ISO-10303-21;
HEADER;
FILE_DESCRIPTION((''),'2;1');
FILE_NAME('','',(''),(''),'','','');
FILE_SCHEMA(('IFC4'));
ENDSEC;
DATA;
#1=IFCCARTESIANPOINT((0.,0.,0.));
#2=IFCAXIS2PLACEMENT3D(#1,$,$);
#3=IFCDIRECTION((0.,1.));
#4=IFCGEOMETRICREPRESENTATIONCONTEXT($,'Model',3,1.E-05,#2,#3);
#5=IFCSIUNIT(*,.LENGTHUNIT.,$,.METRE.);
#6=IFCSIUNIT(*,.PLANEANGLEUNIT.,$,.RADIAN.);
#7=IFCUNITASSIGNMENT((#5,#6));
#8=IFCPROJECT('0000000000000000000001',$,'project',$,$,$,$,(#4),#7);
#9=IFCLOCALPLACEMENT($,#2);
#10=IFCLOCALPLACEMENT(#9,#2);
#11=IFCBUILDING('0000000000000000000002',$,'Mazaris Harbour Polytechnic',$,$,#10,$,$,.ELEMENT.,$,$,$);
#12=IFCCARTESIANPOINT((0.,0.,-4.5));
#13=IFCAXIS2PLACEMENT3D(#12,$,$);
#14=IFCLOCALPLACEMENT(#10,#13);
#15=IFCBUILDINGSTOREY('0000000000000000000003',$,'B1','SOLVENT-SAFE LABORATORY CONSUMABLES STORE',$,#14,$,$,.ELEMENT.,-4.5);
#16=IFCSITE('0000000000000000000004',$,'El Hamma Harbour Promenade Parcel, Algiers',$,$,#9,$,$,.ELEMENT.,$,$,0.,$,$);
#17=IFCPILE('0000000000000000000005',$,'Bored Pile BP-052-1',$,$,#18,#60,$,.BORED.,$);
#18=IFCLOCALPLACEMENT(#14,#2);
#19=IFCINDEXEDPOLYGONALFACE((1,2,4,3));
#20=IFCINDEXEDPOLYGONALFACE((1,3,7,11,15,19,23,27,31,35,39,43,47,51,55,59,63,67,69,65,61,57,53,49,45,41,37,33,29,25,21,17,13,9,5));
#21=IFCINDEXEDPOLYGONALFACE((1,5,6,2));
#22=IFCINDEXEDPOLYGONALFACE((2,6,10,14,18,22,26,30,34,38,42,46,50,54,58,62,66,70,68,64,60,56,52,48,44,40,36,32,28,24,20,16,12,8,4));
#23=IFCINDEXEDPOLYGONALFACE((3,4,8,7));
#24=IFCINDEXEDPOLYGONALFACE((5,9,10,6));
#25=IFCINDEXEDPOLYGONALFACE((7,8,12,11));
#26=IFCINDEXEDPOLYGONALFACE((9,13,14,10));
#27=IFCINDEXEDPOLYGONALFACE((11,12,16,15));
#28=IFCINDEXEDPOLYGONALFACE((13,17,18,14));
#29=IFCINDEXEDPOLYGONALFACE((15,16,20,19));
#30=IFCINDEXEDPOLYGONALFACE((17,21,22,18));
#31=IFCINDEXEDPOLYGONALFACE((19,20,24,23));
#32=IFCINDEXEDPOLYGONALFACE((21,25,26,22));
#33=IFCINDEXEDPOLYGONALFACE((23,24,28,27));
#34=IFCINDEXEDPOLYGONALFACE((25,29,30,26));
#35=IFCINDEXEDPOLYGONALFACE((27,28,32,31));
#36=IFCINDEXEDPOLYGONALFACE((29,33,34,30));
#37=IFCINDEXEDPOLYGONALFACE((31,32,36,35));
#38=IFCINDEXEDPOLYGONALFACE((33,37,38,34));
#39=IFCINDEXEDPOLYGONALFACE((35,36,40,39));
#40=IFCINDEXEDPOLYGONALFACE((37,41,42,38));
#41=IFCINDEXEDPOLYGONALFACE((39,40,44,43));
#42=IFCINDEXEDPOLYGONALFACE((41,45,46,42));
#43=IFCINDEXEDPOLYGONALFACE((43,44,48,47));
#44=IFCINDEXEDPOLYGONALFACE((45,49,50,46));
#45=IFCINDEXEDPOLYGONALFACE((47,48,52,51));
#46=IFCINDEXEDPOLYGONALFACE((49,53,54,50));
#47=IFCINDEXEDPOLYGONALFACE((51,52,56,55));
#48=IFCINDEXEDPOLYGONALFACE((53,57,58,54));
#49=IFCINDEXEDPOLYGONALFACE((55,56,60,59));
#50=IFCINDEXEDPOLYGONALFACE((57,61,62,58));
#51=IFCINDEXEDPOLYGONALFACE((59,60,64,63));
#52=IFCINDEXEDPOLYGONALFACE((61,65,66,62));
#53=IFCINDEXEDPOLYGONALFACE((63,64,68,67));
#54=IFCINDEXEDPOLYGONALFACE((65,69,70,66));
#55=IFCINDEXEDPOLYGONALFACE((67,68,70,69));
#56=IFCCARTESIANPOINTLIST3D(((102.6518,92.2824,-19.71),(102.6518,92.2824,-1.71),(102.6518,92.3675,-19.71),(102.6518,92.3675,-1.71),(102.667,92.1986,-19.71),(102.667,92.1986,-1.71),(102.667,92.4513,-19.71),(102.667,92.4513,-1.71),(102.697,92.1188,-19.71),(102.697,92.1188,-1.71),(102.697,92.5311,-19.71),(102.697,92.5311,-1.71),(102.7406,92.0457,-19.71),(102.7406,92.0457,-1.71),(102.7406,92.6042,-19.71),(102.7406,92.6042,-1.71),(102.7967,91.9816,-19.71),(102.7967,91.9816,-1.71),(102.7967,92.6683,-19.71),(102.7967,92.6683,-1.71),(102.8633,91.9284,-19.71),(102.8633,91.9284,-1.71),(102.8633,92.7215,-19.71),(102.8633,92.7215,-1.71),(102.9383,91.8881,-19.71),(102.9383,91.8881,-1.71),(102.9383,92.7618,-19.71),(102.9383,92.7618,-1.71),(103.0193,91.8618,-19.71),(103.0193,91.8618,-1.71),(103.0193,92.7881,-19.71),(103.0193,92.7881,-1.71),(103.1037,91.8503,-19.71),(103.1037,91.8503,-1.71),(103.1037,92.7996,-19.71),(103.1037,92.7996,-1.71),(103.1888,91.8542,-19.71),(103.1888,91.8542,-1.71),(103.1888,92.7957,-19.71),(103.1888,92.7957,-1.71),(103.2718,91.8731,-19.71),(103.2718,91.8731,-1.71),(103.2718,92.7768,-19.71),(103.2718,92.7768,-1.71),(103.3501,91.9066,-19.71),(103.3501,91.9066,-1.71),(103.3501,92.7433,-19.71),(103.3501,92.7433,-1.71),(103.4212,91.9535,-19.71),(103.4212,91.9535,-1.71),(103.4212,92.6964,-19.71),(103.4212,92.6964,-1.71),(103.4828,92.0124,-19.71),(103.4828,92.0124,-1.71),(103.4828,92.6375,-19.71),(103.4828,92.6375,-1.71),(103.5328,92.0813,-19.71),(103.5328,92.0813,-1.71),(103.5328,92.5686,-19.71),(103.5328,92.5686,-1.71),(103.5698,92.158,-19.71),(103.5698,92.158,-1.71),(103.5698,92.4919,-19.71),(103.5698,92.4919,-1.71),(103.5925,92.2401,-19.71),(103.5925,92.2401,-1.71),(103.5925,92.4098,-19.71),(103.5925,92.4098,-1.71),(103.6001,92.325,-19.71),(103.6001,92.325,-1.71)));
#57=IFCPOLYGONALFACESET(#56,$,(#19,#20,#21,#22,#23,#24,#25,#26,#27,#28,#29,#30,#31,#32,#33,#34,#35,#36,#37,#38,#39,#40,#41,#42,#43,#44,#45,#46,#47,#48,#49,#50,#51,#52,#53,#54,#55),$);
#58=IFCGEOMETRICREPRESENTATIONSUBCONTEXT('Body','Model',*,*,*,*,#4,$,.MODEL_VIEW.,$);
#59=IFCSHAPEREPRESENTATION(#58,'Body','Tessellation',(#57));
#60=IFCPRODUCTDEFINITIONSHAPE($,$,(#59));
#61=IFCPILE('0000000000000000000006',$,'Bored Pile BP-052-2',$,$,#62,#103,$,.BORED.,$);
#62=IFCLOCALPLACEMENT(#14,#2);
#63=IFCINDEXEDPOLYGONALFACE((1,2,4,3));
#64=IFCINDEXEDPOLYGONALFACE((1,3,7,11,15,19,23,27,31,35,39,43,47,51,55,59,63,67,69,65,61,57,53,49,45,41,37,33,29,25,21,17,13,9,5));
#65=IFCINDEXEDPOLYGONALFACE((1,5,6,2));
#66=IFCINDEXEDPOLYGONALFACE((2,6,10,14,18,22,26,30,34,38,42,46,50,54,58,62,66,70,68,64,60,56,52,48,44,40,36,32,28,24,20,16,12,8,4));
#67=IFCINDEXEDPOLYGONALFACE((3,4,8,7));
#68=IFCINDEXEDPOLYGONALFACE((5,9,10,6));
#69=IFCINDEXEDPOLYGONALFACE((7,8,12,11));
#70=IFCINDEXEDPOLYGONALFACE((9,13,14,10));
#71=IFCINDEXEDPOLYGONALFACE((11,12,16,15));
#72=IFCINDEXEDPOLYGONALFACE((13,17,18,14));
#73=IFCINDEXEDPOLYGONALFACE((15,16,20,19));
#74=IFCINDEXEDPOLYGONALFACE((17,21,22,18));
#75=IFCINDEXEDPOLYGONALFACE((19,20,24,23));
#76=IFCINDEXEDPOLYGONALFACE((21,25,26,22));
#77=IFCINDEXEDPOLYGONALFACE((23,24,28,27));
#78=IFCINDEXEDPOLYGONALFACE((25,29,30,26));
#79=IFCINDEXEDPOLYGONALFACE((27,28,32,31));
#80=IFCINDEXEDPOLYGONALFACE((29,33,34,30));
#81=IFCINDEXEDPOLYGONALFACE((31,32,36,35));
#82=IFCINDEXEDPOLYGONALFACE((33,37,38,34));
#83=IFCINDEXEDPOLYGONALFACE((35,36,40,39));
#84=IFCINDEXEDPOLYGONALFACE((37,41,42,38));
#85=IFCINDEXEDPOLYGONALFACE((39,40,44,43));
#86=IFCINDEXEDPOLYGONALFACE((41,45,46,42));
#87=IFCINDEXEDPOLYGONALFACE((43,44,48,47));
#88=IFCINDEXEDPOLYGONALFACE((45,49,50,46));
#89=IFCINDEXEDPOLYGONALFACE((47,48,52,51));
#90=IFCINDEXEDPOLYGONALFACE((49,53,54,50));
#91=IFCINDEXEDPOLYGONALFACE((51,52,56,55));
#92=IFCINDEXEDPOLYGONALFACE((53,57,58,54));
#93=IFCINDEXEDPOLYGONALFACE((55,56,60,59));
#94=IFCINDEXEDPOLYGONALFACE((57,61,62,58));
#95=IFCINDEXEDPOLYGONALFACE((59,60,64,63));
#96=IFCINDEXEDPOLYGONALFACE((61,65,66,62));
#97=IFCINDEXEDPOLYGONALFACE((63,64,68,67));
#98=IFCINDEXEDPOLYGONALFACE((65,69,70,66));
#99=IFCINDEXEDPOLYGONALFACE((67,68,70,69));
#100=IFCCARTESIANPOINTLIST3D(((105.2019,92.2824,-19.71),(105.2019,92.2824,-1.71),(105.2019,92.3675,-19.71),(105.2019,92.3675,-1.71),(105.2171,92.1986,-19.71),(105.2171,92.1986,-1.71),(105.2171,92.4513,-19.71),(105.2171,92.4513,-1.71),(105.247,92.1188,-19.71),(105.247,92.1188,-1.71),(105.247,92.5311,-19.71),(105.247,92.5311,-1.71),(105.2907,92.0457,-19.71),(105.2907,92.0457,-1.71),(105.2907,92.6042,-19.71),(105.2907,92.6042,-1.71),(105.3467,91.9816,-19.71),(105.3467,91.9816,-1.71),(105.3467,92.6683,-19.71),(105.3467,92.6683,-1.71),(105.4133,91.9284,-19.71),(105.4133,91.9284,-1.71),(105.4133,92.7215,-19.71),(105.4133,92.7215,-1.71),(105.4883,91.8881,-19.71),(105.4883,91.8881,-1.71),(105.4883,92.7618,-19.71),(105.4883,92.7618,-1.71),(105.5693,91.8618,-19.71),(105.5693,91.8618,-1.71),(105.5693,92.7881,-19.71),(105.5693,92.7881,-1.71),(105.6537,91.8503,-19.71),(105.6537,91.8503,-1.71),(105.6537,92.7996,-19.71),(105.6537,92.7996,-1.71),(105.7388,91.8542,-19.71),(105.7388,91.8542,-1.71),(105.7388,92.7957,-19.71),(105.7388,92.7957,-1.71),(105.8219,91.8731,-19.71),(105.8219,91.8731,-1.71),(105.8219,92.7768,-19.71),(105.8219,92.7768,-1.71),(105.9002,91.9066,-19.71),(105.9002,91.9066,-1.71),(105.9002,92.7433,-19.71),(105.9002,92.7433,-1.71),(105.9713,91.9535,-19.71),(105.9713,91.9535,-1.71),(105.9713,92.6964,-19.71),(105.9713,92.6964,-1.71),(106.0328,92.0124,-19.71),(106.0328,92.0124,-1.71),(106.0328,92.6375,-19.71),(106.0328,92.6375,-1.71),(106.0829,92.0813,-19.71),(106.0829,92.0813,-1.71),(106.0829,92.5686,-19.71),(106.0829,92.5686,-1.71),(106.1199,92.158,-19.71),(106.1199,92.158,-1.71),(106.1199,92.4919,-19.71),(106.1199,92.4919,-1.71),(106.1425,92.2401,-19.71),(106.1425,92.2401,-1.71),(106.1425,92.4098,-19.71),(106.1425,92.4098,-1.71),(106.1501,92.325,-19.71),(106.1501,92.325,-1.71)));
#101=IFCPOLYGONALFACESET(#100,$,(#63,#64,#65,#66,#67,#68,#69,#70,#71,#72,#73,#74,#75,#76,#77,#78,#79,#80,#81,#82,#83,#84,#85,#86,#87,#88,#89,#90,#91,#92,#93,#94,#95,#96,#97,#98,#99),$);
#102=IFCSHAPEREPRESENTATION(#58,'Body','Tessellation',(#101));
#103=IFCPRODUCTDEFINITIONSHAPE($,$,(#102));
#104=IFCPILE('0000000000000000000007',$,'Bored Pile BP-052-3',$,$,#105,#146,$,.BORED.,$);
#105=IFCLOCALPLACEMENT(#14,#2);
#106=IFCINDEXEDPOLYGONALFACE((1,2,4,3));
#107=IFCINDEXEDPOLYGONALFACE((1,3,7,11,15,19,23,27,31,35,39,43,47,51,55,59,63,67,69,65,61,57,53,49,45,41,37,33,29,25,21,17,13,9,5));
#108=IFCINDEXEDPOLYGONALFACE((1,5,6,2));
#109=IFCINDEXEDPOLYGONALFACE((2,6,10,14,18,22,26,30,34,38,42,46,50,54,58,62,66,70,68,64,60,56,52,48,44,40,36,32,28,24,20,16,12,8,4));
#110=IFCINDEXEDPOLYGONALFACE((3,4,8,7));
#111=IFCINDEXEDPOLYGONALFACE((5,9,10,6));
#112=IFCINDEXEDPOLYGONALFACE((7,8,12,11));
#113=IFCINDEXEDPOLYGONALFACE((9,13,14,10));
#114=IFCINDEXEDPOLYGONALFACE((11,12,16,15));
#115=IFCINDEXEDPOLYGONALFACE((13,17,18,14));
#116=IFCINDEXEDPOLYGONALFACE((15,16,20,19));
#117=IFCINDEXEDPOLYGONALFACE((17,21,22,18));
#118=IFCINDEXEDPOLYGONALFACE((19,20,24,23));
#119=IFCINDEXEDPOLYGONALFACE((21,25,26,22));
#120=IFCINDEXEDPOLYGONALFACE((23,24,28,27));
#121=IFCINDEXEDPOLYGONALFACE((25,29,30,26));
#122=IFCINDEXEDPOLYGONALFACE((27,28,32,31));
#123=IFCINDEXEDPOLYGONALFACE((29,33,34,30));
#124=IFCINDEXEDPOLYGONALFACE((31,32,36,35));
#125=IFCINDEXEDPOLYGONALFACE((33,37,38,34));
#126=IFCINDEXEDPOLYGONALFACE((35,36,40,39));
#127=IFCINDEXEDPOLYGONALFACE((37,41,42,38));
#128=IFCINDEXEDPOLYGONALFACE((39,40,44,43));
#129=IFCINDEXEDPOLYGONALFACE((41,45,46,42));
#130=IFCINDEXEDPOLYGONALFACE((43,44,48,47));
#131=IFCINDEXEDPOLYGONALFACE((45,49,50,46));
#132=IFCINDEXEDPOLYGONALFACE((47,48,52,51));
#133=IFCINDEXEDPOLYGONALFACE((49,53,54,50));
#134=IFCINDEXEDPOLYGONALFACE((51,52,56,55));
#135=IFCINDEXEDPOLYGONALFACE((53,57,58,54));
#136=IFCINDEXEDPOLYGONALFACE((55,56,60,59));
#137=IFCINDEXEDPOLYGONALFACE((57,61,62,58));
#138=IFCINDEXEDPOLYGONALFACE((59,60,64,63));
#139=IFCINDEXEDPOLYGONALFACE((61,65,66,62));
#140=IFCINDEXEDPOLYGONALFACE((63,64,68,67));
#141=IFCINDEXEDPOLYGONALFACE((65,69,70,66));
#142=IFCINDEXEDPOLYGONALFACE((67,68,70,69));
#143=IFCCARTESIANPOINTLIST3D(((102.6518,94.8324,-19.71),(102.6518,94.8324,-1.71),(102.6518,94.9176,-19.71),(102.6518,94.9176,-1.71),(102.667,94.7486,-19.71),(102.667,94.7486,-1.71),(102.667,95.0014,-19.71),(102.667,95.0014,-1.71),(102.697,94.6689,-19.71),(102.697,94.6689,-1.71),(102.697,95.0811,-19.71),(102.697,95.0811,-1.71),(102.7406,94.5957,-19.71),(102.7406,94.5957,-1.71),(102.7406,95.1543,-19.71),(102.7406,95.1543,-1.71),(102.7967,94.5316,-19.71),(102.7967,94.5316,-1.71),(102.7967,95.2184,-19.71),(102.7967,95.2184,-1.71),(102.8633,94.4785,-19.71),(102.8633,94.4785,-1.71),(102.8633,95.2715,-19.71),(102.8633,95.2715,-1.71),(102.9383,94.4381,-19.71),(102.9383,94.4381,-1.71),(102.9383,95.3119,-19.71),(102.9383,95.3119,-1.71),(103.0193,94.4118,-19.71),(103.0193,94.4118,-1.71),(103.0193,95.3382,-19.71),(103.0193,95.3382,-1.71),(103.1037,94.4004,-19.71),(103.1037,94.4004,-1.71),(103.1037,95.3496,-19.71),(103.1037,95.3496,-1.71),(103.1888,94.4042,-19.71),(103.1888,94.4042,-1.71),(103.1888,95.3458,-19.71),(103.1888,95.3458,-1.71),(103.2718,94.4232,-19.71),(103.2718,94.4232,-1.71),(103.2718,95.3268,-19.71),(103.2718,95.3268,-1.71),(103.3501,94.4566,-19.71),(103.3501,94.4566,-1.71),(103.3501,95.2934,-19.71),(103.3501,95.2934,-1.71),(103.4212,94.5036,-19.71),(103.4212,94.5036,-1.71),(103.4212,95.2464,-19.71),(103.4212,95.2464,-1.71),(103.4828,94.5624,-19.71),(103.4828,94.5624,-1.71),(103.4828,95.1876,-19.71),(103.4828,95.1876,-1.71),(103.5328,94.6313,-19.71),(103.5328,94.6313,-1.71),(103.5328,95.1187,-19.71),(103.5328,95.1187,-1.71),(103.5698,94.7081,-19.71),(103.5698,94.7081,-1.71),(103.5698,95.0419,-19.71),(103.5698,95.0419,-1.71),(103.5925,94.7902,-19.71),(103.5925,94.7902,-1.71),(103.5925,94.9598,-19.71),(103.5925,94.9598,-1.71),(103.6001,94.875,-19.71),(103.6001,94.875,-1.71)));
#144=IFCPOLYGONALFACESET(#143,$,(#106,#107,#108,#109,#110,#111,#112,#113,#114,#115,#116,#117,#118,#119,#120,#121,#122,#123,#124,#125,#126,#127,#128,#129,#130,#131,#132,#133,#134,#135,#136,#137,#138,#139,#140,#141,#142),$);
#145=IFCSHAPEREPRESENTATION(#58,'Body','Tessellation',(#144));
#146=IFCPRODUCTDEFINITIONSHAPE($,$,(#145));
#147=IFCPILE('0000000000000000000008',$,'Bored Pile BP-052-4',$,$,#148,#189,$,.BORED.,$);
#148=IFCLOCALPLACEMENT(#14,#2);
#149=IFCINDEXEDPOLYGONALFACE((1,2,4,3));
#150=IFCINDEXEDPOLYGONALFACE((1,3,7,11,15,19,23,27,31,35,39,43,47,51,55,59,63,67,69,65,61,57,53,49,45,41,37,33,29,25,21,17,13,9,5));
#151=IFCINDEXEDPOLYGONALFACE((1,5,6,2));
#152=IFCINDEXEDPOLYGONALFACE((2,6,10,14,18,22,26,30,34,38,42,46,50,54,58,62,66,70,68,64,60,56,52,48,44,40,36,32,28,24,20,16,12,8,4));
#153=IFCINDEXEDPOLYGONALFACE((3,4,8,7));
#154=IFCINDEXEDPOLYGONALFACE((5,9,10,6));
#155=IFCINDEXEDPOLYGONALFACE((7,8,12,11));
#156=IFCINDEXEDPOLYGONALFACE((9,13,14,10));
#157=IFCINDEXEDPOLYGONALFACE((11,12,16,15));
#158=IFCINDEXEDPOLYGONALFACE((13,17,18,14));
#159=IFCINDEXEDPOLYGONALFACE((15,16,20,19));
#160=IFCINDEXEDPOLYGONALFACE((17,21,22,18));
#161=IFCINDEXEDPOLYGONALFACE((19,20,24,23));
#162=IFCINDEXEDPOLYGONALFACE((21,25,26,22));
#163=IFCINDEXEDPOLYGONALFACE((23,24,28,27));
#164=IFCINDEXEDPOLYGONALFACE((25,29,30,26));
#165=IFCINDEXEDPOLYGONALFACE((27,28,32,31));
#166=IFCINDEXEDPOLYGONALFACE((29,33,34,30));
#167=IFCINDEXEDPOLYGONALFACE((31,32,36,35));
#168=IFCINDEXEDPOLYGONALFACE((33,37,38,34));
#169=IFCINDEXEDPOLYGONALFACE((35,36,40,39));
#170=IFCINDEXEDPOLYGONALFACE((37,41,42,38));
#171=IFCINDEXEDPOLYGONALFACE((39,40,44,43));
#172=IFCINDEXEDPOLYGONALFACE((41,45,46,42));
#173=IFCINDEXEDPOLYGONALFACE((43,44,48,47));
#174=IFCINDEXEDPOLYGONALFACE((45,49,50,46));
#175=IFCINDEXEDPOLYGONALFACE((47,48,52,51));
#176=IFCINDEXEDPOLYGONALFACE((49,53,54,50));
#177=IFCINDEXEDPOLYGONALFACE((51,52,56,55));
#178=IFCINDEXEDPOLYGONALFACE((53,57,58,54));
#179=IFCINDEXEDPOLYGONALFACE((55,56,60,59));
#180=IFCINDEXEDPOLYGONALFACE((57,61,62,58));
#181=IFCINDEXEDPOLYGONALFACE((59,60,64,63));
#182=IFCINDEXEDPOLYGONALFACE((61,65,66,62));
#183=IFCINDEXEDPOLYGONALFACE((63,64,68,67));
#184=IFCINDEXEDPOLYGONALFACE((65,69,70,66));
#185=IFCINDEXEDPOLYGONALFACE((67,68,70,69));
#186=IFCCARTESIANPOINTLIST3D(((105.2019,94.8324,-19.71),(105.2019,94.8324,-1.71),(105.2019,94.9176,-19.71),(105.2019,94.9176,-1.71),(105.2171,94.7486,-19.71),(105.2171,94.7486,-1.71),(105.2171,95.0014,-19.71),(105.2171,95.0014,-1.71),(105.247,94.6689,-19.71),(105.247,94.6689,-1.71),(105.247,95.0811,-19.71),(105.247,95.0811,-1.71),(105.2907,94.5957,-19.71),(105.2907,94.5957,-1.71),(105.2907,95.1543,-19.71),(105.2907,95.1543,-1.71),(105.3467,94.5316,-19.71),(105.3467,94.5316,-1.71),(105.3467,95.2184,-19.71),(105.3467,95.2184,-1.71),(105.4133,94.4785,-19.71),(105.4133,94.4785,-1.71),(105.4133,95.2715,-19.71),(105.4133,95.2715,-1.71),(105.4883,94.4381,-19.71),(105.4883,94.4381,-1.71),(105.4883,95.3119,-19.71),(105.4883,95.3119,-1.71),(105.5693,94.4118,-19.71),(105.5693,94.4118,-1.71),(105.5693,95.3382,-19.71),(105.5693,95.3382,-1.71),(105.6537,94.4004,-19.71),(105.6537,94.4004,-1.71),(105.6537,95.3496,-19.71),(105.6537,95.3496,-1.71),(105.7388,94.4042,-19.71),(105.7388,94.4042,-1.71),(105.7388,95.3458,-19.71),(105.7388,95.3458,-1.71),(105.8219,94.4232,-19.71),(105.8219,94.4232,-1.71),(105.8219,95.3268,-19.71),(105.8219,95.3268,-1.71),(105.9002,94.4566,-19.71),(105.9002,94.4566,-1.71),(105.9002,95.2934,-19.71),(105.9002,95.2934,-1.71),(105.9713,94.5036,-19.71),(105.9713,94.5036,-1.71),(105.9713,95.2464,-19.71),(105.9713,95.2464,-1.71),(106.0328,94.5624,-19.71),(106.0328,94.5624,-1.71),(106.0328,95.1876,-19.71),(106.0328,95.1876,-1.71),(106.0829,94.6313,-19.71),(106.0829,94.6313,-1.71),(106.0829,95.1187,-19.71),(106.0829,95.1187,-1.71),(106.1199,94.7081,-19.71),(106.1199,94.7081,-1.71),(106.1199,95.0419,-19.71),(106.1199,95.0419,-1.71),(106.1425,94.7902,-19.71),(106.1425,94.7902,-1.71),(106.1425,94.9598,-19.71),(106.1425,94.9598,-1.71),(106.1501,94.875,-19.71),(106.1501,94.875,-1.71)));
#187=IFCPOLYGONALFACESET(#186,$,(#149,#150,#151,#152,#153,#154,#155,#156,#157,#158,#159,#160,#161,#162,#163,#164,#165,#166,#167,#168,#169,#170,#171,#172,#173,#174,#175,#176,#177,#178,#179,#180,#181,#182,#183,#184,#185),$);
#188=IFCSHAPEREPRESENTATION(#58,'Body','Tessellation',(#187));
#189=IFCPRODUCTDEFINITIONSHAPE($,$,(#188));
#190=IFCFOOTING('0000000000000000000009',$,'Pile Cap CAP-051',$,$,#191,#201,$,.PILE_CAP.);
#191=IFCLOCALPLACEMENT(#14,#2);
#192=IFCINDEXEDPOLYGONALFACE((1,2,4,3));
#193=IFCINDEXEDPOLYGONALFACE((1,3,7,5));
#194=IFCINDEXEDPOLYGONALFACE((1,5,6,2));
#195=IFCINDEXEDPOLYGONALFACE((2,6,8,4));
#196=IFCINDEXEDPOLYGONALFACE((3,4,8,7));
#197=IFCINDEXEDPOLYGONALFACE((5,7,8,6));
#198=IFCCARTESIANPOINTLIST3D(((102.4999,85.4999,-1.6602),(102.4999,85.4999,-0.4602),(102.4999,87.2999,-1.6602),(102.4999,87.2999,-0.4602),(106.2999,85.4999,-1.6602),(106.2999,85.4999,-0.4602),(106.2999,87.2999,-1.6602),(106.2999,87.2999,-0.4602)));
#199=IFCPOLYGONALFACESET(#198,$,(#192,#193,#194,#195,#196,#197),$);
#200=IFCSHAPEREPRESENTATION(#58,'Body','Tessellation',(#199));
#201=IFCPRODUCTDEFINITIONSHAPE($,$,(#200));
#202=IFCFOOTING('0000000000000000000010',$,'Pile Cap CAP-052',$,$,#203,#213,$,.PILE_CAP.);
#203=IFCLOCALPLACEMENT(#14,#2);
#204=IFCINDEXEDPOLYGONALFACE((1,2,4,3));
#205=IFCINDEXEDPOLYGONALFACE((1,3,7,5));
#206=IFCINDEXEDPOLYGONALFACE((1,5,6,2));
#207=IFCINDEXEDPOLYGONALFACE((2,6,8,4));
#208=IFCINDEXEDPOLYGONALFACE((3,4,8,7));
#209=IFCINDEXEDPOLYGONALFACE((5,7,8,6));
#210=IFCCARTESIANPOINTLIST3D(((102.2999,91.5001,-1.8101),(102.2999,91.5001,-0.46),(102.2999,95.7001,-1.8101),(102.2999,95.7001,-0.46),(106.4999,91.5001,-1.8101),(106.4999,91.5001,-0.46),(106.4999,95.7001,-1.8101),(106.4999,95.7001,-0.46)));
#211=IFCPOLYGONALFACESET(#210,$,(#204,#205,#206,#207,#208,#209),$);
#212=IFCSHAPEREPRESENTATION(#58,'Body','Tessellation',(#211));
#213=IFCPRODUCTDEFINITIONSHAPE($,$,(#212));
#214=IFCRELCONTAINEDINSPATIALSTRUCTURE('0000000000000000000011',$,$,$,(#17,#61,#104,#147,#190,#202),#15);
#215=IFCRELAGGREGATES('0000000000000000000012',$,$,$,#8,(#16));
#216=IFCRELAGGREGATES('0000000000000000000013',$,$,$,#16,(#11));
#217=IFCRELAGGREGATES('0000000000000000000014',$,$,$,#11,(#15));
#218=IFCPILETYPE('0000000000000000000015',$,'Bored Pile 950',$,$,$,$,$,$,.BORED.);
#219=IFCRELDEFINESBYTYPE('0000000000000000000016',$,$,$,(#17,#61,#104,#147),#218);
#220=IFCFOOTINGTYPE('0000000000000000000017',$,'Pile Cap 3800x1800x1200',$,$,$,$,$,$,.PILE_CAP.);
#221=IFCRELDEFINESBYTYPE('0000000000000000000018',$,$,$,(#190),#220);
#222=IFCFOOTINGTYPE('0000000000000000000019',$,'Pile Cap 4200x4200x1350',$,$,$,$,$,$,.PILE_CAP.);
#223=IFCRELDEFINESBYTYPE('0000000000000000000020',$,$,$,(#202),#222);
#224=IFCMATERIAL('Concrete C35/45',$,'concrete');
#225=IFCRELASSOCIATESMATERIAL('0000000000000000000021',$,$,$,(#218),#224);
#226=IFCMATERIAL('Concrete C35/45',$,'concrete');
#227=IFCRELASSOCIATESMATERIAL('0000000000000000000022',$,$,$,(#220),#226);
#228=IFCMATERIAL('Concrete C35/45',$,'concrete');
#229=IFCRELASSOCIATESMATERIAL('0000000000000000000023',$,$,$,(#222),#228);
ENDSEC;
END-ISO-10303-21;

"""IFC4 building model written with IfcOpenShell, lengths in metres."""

from ifc_helpers import new_model, si_unit, direction, frame, origin, origin_2d, place, context, subcontext, project, spatial, rectangle, circle, extrude, material, material_profile, profile_set, type_object, element, save


model = new_model("IFC4")

# Units and contexts
model_context = context("Model", 3, precision=1e-05, world=origin(), true_north=direction((0.0, 1.0)))
body_context = subcontext(model_context, "Body", "Model", "MODEL_VIEW")
ifc_project = project(units=[si_unit("LENGTHUNIT", "METRE"), si_unit("PLANEANGLEUNIT", "RADIAN")], contexts=[model_context])

# Site, building, storey
site_placement = place(None, origin())
site = spatial("IfcSite", under=ifc_project, at=site_placement, Name="El Hamma Harbour Promenade Parcel, Algiers", CompositionType="ELEMENT", RefElevation=0.0)
building_placement = place(site_placement, origin())
building = spatial("IfcBuilding", under=site, at=building_placement, Name="Mazaris Harbour Polytechnic", CompositionType="ELEMENT")
storey_placement = place(building_placement, frame((0.0, 0.0, -4.5)))
storey = spatial("IfcBuildingStorey", under=building, at=storey_placement, Name="B1", Description="SOLVENT-SAFE LABORATORY CONSUMABLES STORE", CompositionType="ELEMENT", Elevation=-4.5)

# Piles
ifc_material_1 = material(Name="Concrete C35/45", Category="concrete")
ifc_material_profile_1 = material_profile(ifc_material_1, circle(Radius=0.4751, at=origin_2d()), Name="DIA950")
ifc_profile_set_1 = profile_set([ifc_material_profile_1], Name="Concrete C35/45")
pile_type_1 = type_object("IfcPileType", Name="Bored Pile 950", PredefinedType="BORED", material=ifc_profile_set_1)
for number, where, z_axis, x_axis, name in (
    (1, (103.125, 92.325, -1.71), (0.0, 0.0, -1.0), (1.0, 0.0, 0.0), "Bored Pile BP-052-1"),
    (2, (105.675, 92.325, -1.71), (0.0, 0.0, -1.0), (1.0, 0.0, 0.0), "Bored Pile BP-052-2"),
    (3, (103.125, 94.875, -1.71), (0.0, 0.0, -1.0), (1.0, 0.0, 0.0), "Bored Pile BP-052-3"),
    (4, (105.675, 94.875, -1.71), (0.0, 0.0, -1.0), (1.0, 0.0, 0.0), "Bored Pile BP-052-4"),
):
    element("IfcPile", number, at=place(storey_placement, frame(where, z_axis=z_axis, x_axis=x_axis)), inside=storey, type_object=pile_type_1, Name=name, PredefinedType="BORED", context=body_context, shape_type="SweptSolid", body=[
        extrude(circle(Radius=0.4751, at=origin_2d()), origin(), (0.0, 0.0, 1.0), 18.0),
    ])

# Footings
ifc_material_2 = material(Name="Concrete C35/45", Category="concrete")
footing_type_1 = type_object("IfcFootingType", Name="Pile Cap 3800x1800x1200", PredefinedType="PILE_CAP", material=ifc_material_2)
footing_1_placement = place(storey_placement, frame((104.3999, 86.3999, -1.6602), z_axis=(0.0, 0.0, 1.0), x_axis=(1.0, 0.0, 0.0)))
element("IfcFooting", 5, at=footing_1_placement, inside=storey, type_object=footing_type_1, Name="Pile Cap CAP-051", PredefinedType="PILE_CAP", context=body_context, shape_type="SweptSolid", body=[
    extrude(rectangle(XDim=3.8, YDim=1.8, at=origin_2d()), origin(), (0.0, 0.0, 1.0), 1.2),
])
ifc_material_3 = material(Name="Concrete C35/45", Category="concrete")
footing_type_2 = type_object("IfcFootingType", Name="Pile Cap 4200x4200x1350", PredefinedType="PILE_CAP", material=ifc_material_3)
footing_2_placement = place(storey_placement, frame((104.3999, 93.6001, -1.8101), z_axis=(0.0, 0.0, 1.0), x_axis=(1.0, 0.0, 0.0)))
element("IfcFooting", 6, at=footing_2_placement, inside=storey, type_object=footing_type_2, Name="Pile Cap CAP-052", PredefinedType="PILE_CAP", context=body_context, shape_type="SweptSolid", body=[
    extrude(rectangle(XDim=4.2, YDim=4.2, at=origin_2d()), origin(), (0.0, 0.0, 1.0), 1.3501),
])

save(model, "model.ifc")
